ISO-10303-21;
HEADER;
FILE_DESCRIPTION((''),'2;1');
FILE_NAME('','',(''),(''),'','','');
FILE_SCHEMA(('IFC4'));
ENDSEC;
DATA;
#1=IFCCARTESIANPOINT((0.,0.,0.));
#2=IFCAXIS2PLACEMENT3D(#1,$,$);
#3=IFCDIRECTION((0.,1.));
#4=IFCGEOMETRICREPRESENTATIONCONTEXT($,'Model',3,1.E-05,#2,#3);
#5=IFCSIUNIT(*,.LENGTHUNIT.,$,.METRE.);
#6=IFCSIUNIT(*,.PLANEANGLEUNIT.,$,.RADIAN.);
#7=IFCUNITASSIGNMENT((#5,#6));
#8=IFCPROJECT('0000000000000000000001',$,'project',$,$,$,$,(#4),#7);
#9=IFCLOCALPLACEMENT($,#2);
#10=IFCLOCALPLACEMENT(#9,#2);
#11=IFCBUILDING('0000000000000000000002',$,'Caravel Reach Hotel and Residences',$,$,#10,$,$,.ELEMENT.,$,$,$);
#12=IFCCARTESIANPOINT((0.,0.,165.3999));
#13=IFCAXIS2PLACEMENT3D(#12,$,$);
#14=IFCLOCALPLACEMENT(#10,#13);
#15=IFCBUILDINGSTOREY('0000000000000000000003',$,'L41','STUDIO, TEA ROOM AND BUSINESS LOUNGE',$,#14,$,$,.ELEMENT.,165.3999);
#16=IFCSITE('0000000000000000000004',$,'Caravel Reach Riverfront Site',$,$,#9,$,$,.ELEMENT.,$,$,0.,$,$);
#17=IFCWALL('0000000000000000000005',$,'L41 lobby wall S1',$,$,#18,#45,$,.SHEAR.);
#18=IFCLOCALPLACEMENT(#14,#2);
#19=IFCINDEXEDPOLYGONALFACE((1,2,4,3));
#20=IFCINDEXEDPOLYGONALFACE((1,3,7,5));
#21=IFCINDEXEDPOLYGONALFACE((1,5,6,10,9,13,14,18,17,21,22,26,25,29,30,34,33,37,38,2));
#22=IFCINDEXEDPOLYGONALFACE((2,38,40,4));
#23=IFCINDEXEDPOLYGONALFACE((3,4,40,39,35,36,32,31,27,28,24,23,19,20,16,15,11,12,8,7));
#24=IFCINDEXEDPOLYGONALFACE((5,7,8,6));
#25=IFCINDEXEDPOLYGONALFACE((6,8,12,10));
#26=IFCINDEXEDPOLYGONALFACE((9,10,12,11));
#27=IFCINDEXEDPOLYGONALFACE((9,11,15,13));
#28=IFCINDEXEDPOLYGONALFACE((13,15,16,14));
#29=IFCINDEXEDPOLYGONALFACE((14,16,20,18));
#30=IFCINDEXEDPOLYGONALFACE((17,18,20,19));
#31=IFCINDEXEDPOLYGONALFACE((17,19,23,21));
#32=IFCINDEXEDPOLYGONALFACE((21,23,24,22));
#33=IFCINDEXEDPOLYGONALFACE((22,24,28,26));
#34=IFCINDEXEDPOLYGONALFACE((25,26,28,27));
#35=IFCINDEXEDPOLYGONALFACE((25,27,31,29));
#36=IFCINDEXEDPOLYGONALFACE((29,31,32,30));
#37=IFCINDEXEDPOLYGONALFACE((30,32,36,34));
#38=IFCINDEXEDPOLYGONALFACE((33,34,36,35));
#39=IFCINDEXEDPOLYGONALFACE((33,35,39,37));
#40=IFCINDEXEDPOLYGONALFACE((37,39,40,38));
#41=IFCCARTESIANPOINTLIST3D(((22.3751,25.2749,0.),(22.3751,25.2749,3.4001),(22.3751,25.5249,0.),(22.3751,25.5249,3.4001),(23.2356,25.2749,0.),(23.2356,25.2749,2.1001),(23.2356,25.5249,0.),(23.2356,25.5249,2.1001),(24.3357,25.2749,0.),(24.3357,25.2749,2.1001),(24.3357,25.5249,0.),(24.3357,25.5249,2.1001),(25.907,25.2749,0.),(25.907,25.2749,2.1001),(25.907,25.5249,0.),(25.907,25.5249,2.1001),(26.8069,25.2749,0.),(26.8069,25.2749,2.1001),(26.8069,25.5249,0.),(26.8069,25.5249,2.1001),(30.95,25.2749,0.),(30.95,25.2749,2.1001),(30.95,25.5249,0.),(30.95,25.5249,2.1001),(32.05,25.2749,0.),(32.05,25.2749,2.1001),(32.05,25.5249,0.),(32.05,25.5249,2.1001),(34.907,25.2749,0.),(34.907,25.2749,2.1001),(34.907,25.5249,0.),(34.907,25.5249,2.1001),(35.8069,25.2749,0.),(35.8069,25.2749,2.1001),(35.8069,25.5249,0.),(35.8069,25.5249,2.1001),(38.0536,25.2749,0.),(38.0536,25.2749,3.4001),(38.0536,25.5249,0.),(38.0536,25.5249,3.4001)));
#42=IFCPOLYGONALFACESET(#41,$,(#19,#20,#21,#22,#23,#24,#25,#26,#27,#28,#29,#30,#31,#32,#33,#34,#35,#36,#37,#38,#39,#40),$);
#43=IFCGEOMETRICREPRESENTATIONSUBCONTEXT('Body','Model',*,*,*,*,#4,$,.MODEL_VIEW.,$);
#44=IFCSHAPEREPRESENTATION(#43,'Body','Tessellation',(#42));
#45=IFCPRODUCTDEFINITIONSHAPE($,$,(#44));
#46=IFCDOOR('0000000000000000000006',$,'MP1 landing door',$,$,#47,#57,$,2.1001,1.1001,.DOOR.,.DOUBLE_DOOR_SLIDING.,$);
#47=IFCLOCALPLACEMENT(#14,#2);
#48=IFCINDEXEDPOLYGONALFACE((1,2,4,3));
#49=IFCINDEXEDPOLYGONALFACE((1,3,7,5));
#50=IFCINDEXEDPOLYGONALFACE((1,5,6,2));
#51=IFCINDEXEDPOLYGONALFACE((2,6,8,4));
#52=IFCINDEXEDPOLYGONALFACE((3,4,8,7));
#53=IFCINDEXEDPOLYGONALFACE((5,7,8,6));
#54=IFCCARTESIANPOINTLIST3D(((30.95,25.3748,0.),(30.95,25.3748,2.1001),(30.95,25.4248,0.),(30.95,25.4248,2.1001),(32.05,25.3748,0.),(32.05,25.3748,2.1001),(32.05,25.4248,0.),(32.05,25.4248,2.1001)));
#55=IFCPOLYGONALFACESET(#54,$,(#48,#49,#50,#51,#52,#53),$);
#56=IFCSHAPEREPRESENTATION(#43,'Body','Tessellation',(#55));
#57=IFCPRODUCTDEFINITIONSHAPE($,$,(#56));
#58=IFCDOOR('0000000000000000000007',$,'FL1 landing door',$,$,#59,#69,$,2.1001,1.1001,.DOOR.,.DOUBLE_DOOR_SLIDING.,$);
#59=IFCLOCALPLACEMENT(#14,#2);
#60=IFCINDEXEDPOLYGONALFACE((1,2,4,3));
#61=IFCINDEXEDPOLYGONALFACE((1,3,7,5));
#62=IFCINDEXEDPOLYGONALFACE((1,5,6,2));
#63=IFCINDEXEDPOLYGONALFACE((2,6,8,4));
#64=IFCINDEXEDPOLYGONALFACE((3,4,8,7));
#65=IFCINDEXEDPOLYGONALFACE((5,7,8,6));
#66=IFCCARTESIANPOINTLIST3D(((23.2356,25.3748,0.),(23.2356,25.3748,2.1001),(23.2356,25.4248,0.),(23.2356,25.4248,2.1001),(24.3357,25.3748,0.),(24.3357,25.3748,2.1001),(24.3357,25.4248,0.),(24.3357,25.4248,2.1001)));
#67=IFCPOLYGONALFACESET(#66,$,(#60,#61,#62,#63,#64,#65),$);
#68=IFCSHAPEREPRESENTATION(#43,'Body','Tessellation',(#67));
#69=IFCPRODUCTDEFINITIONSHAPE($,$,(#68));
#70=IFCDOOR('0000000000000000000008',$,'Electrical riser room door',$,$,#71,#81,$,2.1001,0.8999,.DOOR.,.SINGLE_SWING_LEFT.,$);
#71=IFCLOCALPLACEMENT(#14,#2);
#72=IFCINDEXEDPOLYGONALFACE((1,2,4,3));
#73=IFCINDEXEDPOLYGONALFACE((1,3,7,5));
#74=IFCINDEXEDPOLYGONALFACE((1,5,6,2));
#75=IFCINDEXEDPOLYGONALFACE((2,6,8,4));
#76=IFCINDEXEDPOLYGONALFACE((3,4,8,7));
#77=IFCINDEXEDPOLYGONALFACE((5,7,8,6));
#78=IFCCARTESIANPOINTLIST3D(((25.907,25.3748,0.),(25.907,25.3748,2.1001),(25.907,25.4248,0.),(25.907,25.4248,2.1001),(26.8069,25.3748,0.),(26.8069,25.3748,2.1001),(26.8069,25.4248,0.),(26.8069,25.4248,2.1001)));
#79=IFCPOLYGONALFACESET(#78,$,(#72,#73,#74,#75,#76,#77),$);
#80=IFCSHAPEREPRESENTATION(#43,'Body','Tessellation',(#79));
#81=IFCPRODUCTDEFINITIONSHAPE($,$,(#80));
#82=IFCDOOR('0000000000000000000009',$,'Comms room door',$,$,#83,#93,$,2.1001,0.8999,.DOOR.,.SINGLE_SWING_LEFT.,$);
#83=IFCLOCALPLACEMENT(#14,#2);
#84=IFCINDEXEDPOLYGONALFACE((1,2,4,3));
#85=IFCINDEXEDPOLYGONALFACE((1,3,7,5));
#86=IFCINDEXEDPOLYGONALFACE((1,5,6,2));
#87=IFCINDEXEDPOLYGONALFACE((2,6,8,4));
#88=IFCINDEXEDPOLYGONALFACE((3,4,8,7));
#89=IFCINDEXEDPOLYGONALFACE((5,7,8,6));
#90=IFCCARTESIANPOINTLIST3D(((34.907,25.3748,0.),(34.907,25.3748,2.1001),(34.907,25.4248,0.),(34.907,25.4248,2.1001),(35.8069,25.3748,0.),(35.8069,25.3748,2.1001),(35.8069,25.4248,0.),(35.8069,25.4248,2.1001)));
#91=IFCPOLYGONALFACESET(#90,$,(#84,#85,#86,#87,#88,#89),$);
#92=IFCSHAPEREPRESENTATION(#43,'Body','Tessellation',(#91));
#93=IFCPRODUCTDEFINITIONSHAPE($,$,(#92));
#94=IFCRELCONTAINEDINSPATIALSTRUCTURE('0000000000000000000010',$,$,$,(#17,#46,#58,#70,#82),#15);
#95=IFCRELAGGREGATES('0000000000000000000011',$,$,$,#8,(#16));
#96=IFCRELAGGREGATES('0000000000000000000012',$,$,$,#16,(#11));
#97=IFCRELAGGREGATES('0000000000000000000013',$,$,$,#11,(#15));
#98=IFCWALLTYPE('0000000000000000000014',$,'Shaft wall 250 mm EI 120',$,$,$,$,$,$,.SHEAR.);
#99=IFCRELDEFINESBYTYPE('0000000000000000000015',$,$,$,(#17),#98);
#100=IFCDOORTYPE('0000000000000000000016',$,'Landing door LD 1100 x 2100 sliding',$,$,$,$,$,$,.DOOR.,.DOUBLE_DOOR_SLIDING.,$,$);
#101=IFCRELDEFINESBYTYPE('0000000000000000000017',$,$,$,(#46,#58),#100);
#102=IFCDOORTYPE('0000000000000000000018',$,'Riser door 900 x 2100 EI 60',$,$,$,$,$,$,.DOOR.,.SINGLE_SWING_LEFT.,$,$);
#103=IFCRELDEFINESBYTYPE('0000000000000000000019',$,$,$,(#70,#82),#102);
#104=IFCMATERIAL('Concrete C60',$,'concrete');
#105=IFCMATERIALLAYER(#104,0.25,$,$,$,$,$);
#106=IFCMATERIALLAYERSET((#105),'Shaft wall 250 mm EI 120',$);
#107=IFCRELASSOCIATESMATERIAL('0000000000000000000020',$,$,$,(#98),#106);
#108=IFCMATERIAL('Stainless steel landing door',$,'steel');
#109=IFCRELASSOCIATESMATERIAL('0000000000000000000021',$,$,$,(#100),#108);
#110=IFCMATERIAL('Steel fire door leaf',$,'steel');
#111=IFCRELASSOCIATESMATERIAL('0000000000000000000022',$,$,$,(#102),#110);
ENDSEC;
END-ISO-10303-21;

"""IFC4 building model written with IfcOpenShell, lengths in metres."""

from ifc_helpers import new_model, si_unit, direction, frame, frame_2d, origin, place, context, subcontext, project, spatial, rectangle, extrude, material, layer, layer_set, type_object, element, fill, save


model = new_model("IFC4")

# Units and contexts
model_context = context("Model", 3, precision=1e-05, world=origin(), true_north=direction((0.0, 1.0)))
body_context = subcontext(model_context, "Body", "Model", "MODEL_VIEW")
ifc_project = project(units=[si_unit("LENGTHUNIT", "METRE"), si_unit("PLANEANGLEUNIT", "RADIAN")], contexts=[model_context])

# Site, building, storey
site_placement = place(None, origin())
site = spatial("IfcSite", under=ifc_project, at=site_placement, Name="Caravel Reach Riverfront Site", CompositionType="ELEMENT", RefElevation=0.0)
building_placement = place(site_placement, origin())
building = spatial("IfcBuilding", under=site, at=building_placement, Name="Caravel Reach Hotel and Residences", CompositionType="ELEMENT")
storey_placement = place(building_placement, frame((0.0, 0.0, 165.3999)))
storey = spatial("IfcBuildingStorey", under=building, at=storey_placement, Name="L41", Description="STUDIO, TEA ROOM AND BUSINESS LOUNGE", CompositionType="ELEMENT", Elevation=165.3999)

# Wall, openings, doors
ifc_material_1 = material(Name="Concrete C60", Category="concrete")
ifc_layer_1 = layer(ifc_material_1, 0.25)
ifc_layer_set_1 = layer_set([ifc_layer_1], Name="Shaft wall 250 mm EI 120")
wall_type_1 = type_object("IfcWallType", Name="Shaft wall 250 mm EI 120", PredefinedType="SHEAR", material=ifc_layer_set_1)
wall_1_placement = place(storey_placement, frame((22.375, 25.3999, 0.0), z_axis=(0.0, 0.0, 1.0), x_axis=(1.0, 0.0, 0.0)))
wall_1 = element("IfcWall", 1, at=wall_1_placement, inside=storey, type_object=wall_type_1, Name="L41 lobby wall S1", PredefinedType="SHEAR", context=body_context, shape_type="SweptSolid", body=[
    extrude(rectangle(XDim=15.6785, YDim=0.25, at=frame_2d((7.8394, 0.0))), origin(), (0.0, 0.0, 1.0), 3.4001),
])
opening_1_placement = place(wall_1_placement, frame((8.575, 0.0, 0.0)))
opening_1 = element("IfcOpeningElement", 2, at=opening_1_placement, cuts=wall_1, PredefinedType="OPENING", context=body_context, shape_type="SweptSolid", body=[
    extrude(rectangle(XDim=1.1001, YDim=2.1001, at=frame_2d((0.55, 1.05))), frame((0.0, 0.135, 0.0), z_axis=(0.0, -1.0, 0.0), x_axis=(1.0, 0.0, 0.0)), (0.0, 0.0, 1.0), 0.27),
])
opening_2_placement = place(wall_1_placement, frame((0.8606, 0.0, 0.0)))
opening_2 = element("IfcOpeningElement", 3, at=opening_2_placement, cuts=wall_1, PredefinedType="OPENING", context=body_context, shape_type="SweptSolid", body=[
    extrude(rectangle(XDim=1.1001, YDim=2.1001, at=frame_2d((0.55, 1.05))), frame((0.0, 0.135, 0.0), z_axis=(0.0, -1.0, 0.0), x_axis=(1.0, 0.0, 0.0)), (0.0, 0.0, 1.0), 0.27),
])
opening_3_placement = place(wall_1_placement, frame((3.532, 0.0, 0.0)))
opening_3 = element("IfcOpeningElement", 4, at=opening_3_placement, cuts=wall_1, PredefinedType="OPENING", context=body_context, shape_type="SweptSolid", body=[
    extrude(rectangle(XDim=0.8999, YDim=2.1001, at=frame_2d((0.45, 1.05))), frame((0.0, 0.135, 0.0), z_axis=(0.0, -1.0, 0.0), x_axis=(1.0, 0.0, 0.0)), (0.0, 0.0, 1.0), 0.27),
])
opening_4_placement = place(wall_1_placement, frame((12.532, 0.0, 0.0)))
opening_4 = element("IfcOpeningElement", 5, at=opening_4_placement, cuts=wall_1, PredefinedType="OPENING", context=body_context, shape_type="SweptSolid", body=[
    extrude(rectangle(XDim=0.8999, YDim=2.1001, at=frame_2d((0.45, 1.05))), frame((0.0, 0.135, 0.0), z_axis=(0.0, -1.0, 0.0), x_axis=(1.0, 0.0, 0.0)), (0.0, 0.0, 1.0), 0.27),
])
ifc_material_2 = material(Name="Stainless steel landing door", Category="steel")
door_type_1 = type_object("IfcDoorType", Name="Landing door LD 1100 x 2100 sliding", OperationType="DOUBLE_DOOR_SLIDING", PredefinedType="DOOR", material=ifc_material_2)
door_1_placement = place(opening_1_placement, origin())
door_1 = element("IfcDoor", 6, at=door_1_placement, inside=storey, type_object=door_type_1, Name="MP1 landing door", OperationType="DOUBLE_DOOR_SLIDING", OverallHeight=2.1001, OverallWidth=1.1001, PredefinedType="DOOR", context=body_context, shape_type="SweptSolid", body=[
    extrude(rectangle(XDim=1.1001, YDim=2.1001, at=frame_2d((0.55, 1.05))), frame((0.0, 0.0249, 0.0), z_axis=(0.0, -1.0, 0.0), x_axis=(1.0, 0.0, 0.0)), (0.0, 0.0, 1.0), 0.05),
])
fill(opening_1, door_1)
door_2_placement = place(opening_2_placement, origin())
door_2 = element("IfcDoor", 7, at=door_2_placement, inside=storey, type_object=door_type_1, Name="FL1 landing door", OperationType="DOUBLE_DOOR_SLIDING", OverallHeight=2.1001, OverallWidth=1.1001, PredefinedType="DOOR", context=body_context, shape_type="SweptSolid", body=[
    extrude(rectangle(XDim=1.1001, YDim=2.1001, at=frame_2d((0.55, 1.05))), frame((0.0, 0.0249, 0.0), z_axis=(0.0, -1.0, 0.0), x_axis=(1.0, 0.0, 0.0)), (0.0, 0.0, 1.0), 0.05),
])
fill(opening_2, door_2)
ifc_material_3 = material(Name="Steel fire door leaf", Category="steel")
door_type_2 = type_object("IfcDoorType", Name="Riser door 900 x 2100 EI 60", OperationType="SINGLE_SWING_LEFT", PredefinedType="DOOR", material=ifc_material_3)
door_3_placement = place(opening_3_placement, origin())
door_3 = element("IfcDoor", 8, at=door_3_placement, inside=storey, type_object=door_type_2, Name="Electrical riser room door", OperationType="SINGLE_SWING_LEFT", OverallHeight=2.1001, OverallWidth=0.8999, PredefinedType="DOOR", context=body_context, shape_type="SweptSolid", body=[
    extrude(rectangle(XDim=0.8999, YDim=2.1001, at=frame_2d((0.45, 1.05))), frame((0.0, 0.0249, 0.0), z_axis=(0.0, -1.0, 0.0), x_axis=(1.0, 0.0, 0.0)), (0.0, 0.0, 1.0), 0.05),
])
fill(opening_3, door_3)
door_4_placement = place(opening_4_placement, origin())
door_4 = element("IfcDoor", 9, at=door_4_placement, inside=storey, type_object=door_type_2, Name="Comms room door", OperationType="SINGLE_SWING_LEFT", OverallHeight=2.1001, OverallWidth=0.8999, PredefinedType="DOOR", context=body_context, shape_type="SweptSolid", body=[
    extrude(rectangle(XDim=0.8999, YDim=2.1001, at=frame_2d((0.45, 1.05))), frame((0.0, 0.0249, 0.0), z_axis=(0.0, -1.0, 0.0), x_axis=(1.0, 0.0, 0.0)), (0.0, 0.0, 1.0), 0.05),
])
fill(opening_4, door_4)

save(model, "model.ifc")
